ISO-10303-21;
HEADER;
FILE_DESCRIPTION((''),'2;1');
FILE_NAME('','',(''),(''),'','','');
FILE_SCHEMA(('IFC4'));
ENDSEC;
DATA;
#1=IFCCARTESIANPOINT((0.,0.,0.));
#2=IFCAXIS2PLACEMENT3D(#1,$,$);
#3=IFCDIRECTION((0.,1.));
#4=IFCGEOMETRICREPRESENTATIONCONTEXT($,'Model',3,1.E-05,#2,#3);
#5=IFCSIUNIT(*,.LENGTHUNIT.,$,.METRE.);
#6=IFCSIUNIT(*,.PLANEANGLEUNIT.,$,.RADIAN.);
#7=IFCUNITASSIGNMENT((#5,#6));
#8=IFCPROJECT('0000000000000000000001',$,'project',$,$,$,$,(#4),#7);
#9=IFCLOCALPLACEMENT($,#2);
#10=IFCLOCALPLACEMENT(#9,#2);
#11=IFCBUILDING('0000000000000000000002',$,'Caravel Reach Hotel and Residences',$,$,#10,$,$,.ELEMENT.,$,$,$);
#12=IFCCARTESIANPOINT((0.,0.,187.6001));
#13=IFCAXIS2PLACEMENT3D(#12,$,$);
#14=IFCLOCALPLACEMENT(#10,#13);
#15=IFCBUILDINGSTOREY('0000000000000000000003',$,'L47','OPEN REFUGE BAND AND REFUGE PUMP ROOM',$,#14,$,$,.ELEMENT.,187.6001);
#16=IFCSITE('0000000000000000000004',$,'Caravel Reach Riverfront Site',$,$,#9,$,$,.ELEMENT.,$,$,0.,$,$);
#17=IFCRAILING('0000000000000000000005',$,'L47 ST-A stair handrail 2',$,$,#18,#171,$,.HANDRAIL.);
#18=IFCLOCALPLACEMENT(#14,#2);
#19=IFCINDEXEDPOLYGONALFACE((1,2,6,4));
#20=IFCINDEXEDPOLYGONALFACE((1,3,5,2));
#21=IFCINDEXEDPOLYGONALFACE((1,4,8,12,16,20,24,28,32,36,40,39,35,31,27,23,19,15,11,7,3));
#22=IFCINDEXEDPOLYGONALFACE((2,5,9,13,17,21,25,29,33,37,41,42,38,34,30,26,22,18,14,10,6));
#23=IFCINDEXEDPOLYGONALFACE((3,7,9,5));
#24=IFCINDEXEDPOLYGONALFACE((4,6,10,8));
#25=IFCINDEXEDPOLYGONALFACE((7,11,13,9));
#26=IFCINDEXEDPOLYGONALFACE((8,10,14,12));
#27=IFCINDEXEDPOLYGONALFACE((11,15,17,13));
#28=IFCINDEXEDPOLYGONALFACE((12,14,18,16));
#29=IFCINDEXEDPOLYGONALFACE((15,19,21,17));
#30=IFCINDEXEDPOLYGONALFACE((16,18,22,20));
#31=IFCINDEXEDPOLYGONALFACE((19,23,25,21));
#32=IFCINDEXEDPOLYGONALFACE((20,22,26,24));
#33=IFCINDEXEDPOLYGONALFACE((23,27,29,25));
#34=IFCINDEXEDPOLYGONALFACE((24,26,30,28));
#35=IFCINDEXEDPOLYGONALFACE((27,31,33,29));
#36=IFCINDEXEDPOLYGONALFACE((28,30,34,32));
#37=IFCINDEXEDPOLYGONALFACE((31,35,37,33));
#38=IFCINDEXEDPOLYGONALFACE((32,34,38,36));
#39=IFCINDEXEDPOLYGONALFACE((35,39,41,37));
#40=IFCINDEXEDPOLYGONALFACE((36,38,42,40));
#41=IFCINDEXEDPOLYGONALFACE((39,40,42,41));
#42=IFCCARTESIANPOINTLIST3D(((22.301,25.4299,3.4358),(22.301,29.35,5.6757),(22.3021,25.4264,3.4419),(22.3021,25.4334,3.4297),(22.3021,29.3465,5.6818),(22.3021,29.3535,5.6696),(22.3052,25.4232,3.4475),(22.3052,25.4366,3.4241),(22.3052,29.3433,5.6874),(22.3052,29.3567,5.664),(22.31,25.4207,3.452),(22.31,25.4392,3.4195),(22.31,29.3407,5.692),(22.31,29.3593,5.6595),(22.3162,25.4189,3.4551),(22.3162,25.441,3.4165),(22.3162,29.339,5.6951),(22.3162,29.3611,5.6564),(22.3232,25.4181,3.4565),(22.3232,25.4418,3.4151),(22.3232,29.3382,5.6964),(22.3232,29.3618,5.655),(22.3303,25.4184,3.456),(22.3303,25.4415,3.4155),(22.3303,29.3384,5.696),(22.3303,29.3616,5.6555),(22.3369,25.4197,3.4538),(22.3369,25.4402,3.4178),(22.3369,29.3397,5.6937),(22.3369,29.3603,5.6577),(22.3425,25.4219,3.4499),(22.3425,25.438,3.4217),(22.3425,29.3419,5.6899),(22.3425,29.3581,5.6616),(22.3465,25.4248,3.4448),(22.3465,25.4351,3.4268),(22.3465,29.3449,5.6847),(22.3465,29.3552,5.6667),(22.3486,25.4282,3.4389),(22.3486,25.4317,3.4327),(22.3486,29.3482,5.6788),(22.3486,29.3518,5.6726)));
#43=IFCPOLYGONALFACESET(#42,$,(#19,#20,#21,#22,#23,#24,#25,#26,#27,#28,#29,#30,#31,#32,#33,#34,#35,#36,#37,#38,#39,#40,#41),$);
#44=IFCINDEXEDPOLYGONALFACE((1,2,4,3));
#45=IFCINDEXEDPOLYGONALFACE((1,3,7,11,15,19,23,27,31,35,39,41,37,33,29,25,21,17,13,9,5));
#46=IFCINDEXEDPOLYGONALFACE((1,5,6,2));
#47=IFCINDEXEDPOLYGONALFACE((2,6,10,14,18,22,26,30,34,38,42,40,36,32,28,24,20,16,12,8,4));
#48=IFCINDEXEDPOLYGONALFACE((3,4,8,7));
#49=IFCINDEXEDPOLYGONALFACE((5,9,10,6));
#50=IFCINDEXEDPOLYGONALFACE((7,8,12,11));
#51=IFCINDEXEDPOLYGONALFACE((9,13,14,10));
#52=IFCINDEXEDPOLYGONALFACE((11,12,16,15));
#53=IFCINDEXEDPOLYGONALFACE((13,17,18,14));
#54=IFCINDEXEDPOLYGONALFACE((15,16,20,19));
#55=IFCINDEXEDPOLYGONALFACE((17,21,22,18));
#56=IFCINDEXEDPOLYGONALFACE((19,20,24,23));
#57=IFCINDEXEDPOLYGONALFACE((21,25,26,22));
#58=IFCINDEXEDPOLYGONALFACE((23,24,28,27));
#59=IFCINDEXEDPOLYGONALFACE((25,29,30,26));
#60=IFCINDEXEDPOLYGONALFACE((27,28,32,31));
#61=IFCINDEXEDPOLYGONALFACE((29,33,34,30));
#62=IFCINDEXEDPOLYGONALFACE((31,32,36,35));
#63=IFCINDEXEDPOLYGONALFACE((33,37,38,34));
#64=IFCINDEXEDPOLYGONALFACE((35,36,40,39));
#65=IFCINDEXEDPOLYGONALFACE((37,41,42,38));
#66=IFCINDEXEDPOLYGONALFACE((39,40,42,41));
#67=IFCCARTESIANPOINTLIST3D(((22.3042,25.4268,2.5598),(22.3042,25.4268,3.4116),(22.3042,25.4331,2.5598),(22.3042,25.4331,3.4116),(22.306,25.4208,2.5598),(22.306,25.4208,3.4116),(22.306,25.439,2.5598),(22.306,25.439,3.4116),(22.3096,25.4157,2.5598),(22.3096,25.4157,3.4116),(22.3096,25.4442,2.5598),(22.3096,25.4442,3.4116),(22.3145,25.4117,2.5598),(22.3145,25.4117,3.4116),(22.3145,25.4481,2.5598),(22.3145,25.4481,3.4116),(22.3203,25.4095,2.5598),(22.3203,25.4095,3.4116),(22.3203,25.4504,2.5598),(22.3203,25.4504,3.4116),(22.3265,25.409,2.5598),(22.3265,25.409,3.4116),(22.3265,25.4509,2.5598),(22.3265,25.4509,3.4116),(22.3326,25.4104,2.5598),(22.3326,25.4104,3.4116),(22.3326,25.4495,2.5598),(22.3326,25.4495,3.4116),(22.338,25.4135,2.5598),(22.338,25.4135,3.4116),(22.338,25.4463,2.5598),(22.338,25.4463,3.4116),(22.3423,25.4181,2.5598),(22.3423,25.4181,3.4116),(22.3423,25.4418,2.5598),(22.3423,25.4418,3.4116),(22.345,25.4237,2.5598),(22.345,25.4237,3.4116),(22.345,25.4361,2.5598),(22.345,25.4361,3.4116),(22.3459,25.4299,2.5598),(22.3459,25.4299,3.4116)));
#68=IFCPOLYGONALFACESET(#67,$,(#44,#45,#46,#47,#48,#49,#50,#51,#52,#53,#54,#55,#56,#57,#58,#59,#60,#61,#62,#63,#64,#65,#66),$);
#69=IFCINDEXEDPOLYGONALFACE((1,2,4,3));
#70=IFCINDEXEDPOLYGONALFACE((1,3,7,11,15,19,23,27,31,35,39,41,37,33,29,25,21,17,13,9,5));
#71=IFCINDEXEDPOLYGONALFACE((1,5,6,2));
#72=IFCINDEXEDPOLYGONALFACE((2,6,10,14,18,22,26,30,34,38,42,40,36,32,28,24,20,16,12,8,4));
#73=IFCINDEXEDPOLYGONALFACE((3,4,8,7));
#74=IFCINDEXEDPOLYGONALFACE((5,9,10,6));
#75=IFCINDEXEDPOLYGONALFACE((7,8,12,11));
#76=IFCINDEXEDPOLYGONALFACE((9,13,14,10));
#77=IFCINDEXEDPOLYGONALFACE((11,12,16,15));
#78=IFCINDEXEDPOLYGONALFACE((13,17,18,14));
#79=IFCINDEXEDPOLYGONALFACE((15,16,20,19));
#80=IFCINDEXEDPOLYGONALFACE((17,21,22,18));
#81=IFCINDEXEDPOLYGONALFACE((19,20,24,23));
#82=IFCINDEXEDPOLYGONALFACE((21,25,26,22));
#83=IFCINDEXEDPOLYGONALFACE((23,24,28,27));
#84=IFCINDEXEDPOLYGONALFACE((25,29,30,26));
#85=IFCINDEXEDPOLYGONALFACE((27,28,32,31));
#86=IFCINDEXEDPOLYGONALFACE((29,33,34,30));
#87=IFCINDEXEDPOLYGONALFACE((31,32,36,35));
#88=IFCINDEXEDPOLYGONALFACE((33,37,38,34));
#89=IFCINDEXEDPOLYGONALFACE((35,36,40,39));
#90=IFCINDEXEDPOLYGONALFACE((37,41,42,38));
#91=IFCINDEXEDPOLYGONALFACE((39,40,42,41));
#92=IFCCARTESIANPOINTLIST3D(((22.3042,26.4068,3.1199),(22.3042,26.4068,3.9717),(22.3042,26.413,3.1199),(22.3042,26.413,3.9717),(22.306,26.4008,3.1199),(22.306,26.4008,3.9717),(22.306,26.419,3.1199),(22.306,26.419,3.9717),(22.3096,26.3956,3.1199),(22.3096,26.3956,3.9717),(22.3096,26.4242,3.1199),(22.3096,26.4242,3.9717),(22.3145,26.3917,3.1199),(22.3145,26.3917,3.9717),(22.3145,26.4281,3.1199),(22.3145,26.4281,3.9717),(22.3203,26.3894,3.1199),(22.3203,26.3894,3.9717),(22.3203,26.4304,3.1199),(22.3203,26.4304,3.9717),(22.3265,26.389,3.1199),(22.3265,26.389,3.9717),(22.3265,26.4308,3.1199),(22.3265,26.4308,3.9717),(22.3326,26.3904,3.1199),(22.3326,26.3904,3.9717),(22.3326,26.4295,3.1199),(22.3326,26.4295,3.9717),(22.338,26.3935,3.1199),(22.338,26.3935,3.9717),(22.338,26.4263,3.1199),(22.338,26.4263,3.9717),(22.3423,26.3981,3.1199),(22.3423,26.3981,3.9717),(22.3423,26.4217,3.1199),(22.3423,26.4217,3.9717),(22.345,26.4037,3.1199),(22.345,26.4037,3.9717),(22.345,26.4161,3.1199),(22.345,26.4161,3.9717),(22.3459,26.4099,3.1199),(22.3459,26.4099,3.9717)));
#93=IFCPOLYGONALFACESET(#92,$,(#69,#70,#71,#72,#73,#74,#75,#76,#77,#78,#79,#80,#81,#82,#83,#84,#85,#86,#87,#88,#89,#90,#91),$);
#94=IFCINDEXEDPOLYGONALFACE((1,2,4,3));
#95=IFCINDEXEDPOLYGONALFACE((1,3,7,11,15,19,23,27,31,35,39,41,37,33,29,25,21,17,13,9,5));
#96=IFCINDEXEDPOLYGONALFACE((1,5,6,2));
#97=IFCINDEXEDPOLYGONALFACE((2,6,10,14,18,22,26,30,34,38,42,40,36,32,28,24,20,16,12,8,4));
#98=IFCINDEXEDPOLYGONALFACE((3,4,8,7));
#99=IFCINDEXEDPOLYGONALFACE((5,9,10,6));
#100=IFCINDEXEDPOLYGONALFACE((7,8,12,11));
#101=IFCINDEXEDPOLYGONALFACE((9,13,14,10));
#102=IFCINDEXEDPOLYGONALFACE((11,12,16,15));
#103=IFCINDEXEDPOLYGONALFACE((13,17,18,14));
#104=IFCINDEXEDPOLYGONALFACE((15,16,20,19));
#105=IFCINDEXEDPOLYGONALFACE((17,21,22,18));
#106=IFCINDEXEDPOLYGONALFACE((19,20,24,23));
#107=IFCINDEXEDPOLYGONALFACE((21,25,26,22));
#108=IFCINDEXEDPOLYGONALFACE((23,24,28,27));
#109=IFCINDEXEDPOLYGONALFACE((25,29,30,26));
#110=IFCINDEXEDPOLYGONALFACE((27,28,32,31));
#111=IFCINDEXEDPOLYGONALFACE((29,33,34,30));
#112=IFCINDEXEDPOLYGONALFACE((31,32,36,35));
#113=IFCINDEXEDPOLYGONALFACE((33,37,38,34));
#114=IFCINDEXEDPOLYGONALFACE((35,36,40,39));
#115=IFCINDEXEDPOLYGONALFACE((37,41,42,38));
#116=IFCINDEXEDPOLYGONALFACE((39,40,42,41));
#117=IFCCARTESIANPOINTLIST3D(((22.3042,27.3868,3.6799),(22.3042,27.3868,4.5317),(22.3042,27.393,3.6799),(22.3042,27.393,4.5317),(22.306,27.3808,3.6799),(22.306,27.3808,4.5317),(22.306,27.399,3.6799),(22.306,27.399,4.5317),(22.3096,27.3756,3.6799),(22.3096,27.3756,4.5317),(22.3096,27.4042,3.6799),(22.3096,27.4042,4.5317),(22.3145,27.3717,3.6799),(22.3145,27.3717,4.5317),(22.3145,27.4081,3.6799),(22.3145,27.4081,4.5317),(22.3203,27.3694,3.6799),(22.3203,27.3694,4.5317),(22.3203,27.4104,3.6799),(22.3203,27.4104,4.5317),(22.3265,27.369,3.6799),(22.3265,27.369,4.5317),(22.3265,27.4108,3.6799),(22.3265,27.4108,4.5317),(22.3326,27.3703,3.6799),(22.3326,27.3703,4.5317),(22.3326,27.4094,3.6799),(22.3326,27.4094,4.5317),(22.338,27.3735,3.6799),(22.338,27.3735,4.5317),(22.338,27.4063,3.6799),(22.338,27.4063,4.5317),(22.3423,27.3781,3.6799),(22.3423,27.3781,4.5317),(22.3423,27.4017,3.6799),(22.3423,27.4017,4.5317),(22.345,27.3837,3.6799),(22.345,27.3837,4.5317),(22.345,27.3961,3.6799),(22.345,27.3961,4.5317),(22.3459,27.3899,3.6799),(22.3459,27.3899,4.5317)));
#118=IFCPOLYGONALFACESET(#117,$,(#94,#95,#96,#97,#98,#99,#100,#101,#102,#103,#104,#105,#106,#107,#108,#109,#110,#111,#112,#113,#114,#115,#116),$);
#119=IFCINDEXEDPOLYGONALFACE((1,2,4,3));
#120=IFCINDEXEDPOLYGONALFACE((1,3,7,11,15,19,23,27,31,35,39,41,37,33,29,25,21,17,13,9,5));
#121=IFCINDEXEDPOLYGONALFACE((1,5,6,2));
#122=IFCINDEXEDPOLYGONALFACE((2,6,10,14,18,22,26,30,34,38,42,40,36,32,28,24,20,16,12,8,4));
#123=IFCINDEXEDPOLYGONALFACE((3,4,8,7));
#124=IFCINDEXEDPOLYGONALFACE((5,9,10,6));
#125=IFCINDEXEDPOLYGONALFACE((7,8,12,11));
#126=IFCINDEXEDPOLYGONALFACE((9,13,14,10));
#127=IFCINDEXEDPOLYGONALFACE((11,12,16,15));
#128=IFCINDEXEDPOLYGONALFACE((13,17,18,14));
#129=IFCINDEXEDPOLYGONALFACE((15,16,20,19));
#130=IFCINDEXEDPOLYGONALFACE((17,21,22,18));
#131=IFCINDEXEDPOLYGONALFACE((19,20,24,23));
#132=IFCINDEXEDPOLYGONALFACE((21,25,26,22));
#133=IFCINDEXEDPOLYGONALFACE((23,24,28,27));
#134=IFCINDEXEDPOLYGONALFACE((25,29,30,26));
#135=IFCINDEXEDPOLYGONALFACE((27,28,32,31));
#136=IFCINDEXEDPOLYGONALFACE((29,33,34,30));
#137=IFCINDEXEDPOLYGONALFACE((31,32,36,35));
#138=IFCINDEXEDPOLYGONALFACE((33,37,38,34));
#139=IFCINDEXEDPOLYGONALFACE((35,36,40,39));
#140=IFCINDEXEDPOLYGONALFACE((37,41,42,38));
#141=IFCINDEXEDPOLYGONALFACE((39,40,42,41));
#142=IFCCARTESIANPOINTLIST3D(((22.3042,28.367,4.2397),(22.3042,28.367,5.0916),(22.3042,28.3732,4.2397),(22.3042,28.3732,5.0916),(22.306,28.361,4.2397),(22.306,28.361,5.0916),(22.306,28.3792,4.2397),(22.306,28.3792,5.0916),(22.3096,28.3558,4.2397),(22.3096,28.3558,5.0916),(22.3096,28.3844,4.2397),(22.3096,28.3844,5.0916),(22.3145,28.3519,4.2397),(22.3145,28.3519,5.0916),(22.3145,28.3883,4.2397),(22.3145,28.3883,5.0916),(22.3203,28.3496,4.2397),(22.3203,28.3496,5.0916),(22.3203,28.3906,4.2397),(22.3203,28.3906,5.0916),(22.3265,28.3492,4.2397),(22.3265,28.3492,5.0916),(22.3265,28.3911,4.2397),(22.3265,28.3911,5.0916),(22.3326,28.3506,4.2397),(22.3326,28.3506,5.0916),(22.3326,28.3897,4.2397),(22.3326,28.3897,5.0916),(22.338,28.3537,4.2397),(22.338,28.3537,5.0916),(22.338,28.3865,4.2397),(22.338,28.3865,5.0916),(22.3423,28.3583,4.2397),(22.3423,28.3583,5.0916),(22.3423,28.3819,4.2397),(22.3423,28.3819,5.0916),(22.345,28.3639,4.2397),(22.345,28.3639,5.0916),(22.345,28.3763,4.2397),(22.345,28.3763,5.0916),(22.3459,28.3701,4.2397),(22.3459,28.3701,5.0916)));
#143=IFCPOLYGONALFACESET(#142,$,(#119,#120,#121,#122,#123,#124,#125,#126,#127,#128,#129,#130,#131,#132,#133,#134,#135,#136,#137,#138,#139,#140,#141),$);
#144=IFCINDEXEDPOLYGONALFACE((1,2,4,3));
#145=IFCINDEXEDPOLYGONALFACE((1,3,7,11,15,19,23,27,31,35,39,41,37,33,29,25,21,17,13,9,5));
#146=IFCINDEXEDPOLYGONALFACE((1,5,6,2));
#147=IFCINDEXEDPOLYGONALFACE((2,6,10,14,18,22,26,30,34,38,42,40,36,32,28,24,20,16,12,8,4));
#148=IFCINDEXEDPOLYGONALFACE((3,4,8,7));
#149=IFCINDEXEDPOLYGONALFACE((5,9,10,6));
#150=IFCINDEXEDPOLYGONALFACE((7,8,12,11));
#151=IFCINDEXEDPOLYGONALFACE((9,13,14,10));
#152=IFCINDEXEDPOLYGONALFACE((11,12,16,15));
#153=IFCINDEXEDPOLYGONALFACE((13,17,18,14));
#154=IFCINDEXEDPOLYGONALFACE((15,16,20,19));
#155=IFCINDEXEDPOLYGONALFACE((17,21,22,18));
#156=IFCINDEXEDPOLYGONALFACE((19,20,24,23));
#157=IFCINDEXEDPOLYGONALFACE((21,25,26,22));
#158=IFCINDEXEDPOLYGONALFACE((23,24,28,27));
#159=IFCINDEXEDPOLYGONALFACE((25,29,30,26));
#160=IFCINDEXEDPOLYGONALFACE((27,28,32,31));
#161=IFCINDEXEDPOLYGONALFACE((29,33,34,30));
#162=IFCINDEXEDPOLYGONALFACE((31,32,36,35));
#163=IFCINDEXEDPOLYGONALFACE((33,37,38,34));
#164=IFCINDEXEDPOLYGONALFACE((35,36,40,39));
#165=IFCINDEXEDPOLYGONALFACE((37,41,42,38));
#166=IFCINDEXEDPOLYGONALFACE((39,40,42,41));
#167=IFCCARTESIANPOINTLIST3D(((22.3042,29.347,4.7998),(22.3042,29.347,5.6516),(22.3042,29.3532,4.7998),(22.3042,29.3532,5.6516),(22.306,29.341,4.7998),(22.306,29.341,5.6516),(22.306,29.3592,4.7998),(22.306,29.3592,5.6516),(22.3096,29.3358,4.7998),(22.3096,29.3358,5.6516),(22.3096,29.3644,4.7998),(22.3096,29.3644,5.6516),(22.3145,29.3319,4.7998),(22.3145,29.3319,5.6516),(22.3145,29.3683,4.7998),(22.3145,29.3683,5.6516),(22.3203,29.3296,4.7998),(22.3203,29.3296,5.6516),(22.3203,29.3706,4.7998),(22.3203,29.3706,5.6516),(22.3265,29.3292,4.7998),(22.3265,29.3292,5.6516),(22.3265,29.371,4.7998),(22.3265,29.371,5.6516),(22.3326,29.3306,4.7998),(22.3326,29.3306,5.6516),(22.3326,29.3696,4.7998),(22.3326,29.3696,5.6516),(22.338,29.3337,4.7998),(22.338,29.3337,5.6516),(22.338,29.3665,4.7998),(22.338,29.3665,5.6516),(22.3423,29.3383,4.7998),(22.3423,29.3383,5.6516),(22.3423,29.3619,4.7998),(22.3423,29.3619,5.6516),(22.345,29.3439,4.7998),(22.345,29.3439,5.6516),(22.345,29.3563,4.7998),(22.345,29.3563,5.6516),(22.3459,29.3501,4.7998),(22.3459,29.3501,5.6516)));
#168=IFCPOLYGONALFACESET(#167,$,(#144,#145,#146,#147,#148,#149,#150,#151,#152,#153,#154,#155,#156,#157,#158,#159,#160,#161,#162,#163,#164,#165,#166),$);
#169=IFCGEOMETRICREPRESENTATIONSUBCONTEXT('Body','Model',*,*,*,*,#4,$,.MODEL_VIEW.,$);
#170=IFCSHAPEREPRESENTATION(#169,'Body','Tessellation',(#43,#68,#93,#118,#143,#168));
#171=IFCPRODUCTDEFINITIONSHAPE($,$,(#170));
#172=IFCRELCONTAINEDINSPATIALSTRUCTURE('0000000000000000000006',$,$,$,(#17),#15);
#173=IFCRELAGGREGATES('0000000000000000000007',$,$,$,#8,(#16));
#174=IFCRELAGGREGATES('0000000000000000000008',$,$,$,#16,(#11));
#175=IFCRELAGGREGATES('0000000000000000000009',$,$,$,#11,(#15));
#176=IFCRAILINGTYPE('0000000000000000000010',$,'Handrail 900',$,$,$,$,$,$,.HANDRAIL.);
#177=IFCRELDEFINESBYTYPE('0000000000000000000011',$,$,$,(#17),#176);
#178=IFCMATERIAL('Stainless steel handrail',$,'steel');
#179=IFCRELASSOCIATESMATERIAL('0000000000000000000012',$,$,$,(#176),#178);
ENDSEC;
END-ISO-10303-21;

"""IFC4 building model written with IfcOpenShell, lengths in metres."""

from ifc_helpers import new_model, si_unit, direction, frame, origin, origin_2d, place, context, subcontext, project, spatial, circle, extrude, material, type_object, element, save


model = new_model("IFC4")

# Units and contexts
model_context = context("Model", 3, precision=1e-05, world=origin(), true_north=direction((0.0, 1.0)))
body_context = subcontext(model_context, "Body", "Model", "MODEL_VIEW")
ifc_project = project(units=[si_unit("LENGTHUNIT", "METRE"), si_unit("PLANEANGLEUNIT", "RADIAN")], contexts=[model_context])

# Site, building, storey
site_placement = place(None, origin())
site = spatial("IfcSite", under=ifc_project, at=site_placement, Name="Caravel Reach Riverfront Site", CompositionType="ELEMENT", RefElevation=0.0)
building_placement = place(site_placement, origin())
building = spatial("IfcBuilding", under=site, at=building_placement, Name="Caravel Reach Hotel and Residences", CompositionType="ELEMENT")
storey_placement = place(building_placement, frame((0.0, 0.0, 187.6001)))
storey = spatial("IfcBuildingStorey", under=building, at=storey_placement, Name="L47", Description="OPEN REFUGE BAND AND REFUGE PUMP ROOM", CompositionType="ELEMENT", Elevation=187.6001)

# Railing
ifc_material_1 = material(Name="Stainless steel handrail", Category="steel")
railing_type_1 = type_object("IfcRailingType", Name="Handrail 900", PredefinedType="HANDRAIL", material=ifc_material_1)
railing_1_placement = place(storey_placement, frame((22.325, 25.4299, 2.5598)))
element("IfcRailing", 1, at=railing_1_placement, inside=storey, type_object=railing_type_1, Name="L47 ST-A stair handrail 2", PredefinedType="HANDRAIL", context=body_context, shape_type="SweptSolid", body=[
    extrude(circle(Radius=0.0239, at=origin_2d()), frame((0.0, 0.0, 0.876), z_axis=(0.0, 0.868253, 0.496121), x_axis=(-1.0, 0.0, 0.0)), (0.0, 0.0, 1.0), 4.5149),
    extrude(circle(Radius=0.021, at=origin_2d()), origin(), (0.0, 0.0, 1.0), 0.8518),
    extrude(circle(Radius=0.021, at=origin_2d()), frame((0.0, 0.98, 0.5601)), (0.0, 0.0, 1.0), 0.8518),
    extrude(circle(Radius=0.021, at=origin_2d()), frame((0.0, 1.96, 1.1201)), (0.0, 0.0, 1.0), 0.8518),
    extrude(circle(Radius=0.021, at=origin_2d()), frame((0.0, 2.9402, 1.6799)), (0.0, 0.0, 1.0), 0.8518),
    extrude(circle(Radius=0.021, at=origin_2d()), frame((0.0, 3.9202, 2.24)), (0.0, 0.0, 1.0), 0.8518),
])

save(model, "model.ifc")
